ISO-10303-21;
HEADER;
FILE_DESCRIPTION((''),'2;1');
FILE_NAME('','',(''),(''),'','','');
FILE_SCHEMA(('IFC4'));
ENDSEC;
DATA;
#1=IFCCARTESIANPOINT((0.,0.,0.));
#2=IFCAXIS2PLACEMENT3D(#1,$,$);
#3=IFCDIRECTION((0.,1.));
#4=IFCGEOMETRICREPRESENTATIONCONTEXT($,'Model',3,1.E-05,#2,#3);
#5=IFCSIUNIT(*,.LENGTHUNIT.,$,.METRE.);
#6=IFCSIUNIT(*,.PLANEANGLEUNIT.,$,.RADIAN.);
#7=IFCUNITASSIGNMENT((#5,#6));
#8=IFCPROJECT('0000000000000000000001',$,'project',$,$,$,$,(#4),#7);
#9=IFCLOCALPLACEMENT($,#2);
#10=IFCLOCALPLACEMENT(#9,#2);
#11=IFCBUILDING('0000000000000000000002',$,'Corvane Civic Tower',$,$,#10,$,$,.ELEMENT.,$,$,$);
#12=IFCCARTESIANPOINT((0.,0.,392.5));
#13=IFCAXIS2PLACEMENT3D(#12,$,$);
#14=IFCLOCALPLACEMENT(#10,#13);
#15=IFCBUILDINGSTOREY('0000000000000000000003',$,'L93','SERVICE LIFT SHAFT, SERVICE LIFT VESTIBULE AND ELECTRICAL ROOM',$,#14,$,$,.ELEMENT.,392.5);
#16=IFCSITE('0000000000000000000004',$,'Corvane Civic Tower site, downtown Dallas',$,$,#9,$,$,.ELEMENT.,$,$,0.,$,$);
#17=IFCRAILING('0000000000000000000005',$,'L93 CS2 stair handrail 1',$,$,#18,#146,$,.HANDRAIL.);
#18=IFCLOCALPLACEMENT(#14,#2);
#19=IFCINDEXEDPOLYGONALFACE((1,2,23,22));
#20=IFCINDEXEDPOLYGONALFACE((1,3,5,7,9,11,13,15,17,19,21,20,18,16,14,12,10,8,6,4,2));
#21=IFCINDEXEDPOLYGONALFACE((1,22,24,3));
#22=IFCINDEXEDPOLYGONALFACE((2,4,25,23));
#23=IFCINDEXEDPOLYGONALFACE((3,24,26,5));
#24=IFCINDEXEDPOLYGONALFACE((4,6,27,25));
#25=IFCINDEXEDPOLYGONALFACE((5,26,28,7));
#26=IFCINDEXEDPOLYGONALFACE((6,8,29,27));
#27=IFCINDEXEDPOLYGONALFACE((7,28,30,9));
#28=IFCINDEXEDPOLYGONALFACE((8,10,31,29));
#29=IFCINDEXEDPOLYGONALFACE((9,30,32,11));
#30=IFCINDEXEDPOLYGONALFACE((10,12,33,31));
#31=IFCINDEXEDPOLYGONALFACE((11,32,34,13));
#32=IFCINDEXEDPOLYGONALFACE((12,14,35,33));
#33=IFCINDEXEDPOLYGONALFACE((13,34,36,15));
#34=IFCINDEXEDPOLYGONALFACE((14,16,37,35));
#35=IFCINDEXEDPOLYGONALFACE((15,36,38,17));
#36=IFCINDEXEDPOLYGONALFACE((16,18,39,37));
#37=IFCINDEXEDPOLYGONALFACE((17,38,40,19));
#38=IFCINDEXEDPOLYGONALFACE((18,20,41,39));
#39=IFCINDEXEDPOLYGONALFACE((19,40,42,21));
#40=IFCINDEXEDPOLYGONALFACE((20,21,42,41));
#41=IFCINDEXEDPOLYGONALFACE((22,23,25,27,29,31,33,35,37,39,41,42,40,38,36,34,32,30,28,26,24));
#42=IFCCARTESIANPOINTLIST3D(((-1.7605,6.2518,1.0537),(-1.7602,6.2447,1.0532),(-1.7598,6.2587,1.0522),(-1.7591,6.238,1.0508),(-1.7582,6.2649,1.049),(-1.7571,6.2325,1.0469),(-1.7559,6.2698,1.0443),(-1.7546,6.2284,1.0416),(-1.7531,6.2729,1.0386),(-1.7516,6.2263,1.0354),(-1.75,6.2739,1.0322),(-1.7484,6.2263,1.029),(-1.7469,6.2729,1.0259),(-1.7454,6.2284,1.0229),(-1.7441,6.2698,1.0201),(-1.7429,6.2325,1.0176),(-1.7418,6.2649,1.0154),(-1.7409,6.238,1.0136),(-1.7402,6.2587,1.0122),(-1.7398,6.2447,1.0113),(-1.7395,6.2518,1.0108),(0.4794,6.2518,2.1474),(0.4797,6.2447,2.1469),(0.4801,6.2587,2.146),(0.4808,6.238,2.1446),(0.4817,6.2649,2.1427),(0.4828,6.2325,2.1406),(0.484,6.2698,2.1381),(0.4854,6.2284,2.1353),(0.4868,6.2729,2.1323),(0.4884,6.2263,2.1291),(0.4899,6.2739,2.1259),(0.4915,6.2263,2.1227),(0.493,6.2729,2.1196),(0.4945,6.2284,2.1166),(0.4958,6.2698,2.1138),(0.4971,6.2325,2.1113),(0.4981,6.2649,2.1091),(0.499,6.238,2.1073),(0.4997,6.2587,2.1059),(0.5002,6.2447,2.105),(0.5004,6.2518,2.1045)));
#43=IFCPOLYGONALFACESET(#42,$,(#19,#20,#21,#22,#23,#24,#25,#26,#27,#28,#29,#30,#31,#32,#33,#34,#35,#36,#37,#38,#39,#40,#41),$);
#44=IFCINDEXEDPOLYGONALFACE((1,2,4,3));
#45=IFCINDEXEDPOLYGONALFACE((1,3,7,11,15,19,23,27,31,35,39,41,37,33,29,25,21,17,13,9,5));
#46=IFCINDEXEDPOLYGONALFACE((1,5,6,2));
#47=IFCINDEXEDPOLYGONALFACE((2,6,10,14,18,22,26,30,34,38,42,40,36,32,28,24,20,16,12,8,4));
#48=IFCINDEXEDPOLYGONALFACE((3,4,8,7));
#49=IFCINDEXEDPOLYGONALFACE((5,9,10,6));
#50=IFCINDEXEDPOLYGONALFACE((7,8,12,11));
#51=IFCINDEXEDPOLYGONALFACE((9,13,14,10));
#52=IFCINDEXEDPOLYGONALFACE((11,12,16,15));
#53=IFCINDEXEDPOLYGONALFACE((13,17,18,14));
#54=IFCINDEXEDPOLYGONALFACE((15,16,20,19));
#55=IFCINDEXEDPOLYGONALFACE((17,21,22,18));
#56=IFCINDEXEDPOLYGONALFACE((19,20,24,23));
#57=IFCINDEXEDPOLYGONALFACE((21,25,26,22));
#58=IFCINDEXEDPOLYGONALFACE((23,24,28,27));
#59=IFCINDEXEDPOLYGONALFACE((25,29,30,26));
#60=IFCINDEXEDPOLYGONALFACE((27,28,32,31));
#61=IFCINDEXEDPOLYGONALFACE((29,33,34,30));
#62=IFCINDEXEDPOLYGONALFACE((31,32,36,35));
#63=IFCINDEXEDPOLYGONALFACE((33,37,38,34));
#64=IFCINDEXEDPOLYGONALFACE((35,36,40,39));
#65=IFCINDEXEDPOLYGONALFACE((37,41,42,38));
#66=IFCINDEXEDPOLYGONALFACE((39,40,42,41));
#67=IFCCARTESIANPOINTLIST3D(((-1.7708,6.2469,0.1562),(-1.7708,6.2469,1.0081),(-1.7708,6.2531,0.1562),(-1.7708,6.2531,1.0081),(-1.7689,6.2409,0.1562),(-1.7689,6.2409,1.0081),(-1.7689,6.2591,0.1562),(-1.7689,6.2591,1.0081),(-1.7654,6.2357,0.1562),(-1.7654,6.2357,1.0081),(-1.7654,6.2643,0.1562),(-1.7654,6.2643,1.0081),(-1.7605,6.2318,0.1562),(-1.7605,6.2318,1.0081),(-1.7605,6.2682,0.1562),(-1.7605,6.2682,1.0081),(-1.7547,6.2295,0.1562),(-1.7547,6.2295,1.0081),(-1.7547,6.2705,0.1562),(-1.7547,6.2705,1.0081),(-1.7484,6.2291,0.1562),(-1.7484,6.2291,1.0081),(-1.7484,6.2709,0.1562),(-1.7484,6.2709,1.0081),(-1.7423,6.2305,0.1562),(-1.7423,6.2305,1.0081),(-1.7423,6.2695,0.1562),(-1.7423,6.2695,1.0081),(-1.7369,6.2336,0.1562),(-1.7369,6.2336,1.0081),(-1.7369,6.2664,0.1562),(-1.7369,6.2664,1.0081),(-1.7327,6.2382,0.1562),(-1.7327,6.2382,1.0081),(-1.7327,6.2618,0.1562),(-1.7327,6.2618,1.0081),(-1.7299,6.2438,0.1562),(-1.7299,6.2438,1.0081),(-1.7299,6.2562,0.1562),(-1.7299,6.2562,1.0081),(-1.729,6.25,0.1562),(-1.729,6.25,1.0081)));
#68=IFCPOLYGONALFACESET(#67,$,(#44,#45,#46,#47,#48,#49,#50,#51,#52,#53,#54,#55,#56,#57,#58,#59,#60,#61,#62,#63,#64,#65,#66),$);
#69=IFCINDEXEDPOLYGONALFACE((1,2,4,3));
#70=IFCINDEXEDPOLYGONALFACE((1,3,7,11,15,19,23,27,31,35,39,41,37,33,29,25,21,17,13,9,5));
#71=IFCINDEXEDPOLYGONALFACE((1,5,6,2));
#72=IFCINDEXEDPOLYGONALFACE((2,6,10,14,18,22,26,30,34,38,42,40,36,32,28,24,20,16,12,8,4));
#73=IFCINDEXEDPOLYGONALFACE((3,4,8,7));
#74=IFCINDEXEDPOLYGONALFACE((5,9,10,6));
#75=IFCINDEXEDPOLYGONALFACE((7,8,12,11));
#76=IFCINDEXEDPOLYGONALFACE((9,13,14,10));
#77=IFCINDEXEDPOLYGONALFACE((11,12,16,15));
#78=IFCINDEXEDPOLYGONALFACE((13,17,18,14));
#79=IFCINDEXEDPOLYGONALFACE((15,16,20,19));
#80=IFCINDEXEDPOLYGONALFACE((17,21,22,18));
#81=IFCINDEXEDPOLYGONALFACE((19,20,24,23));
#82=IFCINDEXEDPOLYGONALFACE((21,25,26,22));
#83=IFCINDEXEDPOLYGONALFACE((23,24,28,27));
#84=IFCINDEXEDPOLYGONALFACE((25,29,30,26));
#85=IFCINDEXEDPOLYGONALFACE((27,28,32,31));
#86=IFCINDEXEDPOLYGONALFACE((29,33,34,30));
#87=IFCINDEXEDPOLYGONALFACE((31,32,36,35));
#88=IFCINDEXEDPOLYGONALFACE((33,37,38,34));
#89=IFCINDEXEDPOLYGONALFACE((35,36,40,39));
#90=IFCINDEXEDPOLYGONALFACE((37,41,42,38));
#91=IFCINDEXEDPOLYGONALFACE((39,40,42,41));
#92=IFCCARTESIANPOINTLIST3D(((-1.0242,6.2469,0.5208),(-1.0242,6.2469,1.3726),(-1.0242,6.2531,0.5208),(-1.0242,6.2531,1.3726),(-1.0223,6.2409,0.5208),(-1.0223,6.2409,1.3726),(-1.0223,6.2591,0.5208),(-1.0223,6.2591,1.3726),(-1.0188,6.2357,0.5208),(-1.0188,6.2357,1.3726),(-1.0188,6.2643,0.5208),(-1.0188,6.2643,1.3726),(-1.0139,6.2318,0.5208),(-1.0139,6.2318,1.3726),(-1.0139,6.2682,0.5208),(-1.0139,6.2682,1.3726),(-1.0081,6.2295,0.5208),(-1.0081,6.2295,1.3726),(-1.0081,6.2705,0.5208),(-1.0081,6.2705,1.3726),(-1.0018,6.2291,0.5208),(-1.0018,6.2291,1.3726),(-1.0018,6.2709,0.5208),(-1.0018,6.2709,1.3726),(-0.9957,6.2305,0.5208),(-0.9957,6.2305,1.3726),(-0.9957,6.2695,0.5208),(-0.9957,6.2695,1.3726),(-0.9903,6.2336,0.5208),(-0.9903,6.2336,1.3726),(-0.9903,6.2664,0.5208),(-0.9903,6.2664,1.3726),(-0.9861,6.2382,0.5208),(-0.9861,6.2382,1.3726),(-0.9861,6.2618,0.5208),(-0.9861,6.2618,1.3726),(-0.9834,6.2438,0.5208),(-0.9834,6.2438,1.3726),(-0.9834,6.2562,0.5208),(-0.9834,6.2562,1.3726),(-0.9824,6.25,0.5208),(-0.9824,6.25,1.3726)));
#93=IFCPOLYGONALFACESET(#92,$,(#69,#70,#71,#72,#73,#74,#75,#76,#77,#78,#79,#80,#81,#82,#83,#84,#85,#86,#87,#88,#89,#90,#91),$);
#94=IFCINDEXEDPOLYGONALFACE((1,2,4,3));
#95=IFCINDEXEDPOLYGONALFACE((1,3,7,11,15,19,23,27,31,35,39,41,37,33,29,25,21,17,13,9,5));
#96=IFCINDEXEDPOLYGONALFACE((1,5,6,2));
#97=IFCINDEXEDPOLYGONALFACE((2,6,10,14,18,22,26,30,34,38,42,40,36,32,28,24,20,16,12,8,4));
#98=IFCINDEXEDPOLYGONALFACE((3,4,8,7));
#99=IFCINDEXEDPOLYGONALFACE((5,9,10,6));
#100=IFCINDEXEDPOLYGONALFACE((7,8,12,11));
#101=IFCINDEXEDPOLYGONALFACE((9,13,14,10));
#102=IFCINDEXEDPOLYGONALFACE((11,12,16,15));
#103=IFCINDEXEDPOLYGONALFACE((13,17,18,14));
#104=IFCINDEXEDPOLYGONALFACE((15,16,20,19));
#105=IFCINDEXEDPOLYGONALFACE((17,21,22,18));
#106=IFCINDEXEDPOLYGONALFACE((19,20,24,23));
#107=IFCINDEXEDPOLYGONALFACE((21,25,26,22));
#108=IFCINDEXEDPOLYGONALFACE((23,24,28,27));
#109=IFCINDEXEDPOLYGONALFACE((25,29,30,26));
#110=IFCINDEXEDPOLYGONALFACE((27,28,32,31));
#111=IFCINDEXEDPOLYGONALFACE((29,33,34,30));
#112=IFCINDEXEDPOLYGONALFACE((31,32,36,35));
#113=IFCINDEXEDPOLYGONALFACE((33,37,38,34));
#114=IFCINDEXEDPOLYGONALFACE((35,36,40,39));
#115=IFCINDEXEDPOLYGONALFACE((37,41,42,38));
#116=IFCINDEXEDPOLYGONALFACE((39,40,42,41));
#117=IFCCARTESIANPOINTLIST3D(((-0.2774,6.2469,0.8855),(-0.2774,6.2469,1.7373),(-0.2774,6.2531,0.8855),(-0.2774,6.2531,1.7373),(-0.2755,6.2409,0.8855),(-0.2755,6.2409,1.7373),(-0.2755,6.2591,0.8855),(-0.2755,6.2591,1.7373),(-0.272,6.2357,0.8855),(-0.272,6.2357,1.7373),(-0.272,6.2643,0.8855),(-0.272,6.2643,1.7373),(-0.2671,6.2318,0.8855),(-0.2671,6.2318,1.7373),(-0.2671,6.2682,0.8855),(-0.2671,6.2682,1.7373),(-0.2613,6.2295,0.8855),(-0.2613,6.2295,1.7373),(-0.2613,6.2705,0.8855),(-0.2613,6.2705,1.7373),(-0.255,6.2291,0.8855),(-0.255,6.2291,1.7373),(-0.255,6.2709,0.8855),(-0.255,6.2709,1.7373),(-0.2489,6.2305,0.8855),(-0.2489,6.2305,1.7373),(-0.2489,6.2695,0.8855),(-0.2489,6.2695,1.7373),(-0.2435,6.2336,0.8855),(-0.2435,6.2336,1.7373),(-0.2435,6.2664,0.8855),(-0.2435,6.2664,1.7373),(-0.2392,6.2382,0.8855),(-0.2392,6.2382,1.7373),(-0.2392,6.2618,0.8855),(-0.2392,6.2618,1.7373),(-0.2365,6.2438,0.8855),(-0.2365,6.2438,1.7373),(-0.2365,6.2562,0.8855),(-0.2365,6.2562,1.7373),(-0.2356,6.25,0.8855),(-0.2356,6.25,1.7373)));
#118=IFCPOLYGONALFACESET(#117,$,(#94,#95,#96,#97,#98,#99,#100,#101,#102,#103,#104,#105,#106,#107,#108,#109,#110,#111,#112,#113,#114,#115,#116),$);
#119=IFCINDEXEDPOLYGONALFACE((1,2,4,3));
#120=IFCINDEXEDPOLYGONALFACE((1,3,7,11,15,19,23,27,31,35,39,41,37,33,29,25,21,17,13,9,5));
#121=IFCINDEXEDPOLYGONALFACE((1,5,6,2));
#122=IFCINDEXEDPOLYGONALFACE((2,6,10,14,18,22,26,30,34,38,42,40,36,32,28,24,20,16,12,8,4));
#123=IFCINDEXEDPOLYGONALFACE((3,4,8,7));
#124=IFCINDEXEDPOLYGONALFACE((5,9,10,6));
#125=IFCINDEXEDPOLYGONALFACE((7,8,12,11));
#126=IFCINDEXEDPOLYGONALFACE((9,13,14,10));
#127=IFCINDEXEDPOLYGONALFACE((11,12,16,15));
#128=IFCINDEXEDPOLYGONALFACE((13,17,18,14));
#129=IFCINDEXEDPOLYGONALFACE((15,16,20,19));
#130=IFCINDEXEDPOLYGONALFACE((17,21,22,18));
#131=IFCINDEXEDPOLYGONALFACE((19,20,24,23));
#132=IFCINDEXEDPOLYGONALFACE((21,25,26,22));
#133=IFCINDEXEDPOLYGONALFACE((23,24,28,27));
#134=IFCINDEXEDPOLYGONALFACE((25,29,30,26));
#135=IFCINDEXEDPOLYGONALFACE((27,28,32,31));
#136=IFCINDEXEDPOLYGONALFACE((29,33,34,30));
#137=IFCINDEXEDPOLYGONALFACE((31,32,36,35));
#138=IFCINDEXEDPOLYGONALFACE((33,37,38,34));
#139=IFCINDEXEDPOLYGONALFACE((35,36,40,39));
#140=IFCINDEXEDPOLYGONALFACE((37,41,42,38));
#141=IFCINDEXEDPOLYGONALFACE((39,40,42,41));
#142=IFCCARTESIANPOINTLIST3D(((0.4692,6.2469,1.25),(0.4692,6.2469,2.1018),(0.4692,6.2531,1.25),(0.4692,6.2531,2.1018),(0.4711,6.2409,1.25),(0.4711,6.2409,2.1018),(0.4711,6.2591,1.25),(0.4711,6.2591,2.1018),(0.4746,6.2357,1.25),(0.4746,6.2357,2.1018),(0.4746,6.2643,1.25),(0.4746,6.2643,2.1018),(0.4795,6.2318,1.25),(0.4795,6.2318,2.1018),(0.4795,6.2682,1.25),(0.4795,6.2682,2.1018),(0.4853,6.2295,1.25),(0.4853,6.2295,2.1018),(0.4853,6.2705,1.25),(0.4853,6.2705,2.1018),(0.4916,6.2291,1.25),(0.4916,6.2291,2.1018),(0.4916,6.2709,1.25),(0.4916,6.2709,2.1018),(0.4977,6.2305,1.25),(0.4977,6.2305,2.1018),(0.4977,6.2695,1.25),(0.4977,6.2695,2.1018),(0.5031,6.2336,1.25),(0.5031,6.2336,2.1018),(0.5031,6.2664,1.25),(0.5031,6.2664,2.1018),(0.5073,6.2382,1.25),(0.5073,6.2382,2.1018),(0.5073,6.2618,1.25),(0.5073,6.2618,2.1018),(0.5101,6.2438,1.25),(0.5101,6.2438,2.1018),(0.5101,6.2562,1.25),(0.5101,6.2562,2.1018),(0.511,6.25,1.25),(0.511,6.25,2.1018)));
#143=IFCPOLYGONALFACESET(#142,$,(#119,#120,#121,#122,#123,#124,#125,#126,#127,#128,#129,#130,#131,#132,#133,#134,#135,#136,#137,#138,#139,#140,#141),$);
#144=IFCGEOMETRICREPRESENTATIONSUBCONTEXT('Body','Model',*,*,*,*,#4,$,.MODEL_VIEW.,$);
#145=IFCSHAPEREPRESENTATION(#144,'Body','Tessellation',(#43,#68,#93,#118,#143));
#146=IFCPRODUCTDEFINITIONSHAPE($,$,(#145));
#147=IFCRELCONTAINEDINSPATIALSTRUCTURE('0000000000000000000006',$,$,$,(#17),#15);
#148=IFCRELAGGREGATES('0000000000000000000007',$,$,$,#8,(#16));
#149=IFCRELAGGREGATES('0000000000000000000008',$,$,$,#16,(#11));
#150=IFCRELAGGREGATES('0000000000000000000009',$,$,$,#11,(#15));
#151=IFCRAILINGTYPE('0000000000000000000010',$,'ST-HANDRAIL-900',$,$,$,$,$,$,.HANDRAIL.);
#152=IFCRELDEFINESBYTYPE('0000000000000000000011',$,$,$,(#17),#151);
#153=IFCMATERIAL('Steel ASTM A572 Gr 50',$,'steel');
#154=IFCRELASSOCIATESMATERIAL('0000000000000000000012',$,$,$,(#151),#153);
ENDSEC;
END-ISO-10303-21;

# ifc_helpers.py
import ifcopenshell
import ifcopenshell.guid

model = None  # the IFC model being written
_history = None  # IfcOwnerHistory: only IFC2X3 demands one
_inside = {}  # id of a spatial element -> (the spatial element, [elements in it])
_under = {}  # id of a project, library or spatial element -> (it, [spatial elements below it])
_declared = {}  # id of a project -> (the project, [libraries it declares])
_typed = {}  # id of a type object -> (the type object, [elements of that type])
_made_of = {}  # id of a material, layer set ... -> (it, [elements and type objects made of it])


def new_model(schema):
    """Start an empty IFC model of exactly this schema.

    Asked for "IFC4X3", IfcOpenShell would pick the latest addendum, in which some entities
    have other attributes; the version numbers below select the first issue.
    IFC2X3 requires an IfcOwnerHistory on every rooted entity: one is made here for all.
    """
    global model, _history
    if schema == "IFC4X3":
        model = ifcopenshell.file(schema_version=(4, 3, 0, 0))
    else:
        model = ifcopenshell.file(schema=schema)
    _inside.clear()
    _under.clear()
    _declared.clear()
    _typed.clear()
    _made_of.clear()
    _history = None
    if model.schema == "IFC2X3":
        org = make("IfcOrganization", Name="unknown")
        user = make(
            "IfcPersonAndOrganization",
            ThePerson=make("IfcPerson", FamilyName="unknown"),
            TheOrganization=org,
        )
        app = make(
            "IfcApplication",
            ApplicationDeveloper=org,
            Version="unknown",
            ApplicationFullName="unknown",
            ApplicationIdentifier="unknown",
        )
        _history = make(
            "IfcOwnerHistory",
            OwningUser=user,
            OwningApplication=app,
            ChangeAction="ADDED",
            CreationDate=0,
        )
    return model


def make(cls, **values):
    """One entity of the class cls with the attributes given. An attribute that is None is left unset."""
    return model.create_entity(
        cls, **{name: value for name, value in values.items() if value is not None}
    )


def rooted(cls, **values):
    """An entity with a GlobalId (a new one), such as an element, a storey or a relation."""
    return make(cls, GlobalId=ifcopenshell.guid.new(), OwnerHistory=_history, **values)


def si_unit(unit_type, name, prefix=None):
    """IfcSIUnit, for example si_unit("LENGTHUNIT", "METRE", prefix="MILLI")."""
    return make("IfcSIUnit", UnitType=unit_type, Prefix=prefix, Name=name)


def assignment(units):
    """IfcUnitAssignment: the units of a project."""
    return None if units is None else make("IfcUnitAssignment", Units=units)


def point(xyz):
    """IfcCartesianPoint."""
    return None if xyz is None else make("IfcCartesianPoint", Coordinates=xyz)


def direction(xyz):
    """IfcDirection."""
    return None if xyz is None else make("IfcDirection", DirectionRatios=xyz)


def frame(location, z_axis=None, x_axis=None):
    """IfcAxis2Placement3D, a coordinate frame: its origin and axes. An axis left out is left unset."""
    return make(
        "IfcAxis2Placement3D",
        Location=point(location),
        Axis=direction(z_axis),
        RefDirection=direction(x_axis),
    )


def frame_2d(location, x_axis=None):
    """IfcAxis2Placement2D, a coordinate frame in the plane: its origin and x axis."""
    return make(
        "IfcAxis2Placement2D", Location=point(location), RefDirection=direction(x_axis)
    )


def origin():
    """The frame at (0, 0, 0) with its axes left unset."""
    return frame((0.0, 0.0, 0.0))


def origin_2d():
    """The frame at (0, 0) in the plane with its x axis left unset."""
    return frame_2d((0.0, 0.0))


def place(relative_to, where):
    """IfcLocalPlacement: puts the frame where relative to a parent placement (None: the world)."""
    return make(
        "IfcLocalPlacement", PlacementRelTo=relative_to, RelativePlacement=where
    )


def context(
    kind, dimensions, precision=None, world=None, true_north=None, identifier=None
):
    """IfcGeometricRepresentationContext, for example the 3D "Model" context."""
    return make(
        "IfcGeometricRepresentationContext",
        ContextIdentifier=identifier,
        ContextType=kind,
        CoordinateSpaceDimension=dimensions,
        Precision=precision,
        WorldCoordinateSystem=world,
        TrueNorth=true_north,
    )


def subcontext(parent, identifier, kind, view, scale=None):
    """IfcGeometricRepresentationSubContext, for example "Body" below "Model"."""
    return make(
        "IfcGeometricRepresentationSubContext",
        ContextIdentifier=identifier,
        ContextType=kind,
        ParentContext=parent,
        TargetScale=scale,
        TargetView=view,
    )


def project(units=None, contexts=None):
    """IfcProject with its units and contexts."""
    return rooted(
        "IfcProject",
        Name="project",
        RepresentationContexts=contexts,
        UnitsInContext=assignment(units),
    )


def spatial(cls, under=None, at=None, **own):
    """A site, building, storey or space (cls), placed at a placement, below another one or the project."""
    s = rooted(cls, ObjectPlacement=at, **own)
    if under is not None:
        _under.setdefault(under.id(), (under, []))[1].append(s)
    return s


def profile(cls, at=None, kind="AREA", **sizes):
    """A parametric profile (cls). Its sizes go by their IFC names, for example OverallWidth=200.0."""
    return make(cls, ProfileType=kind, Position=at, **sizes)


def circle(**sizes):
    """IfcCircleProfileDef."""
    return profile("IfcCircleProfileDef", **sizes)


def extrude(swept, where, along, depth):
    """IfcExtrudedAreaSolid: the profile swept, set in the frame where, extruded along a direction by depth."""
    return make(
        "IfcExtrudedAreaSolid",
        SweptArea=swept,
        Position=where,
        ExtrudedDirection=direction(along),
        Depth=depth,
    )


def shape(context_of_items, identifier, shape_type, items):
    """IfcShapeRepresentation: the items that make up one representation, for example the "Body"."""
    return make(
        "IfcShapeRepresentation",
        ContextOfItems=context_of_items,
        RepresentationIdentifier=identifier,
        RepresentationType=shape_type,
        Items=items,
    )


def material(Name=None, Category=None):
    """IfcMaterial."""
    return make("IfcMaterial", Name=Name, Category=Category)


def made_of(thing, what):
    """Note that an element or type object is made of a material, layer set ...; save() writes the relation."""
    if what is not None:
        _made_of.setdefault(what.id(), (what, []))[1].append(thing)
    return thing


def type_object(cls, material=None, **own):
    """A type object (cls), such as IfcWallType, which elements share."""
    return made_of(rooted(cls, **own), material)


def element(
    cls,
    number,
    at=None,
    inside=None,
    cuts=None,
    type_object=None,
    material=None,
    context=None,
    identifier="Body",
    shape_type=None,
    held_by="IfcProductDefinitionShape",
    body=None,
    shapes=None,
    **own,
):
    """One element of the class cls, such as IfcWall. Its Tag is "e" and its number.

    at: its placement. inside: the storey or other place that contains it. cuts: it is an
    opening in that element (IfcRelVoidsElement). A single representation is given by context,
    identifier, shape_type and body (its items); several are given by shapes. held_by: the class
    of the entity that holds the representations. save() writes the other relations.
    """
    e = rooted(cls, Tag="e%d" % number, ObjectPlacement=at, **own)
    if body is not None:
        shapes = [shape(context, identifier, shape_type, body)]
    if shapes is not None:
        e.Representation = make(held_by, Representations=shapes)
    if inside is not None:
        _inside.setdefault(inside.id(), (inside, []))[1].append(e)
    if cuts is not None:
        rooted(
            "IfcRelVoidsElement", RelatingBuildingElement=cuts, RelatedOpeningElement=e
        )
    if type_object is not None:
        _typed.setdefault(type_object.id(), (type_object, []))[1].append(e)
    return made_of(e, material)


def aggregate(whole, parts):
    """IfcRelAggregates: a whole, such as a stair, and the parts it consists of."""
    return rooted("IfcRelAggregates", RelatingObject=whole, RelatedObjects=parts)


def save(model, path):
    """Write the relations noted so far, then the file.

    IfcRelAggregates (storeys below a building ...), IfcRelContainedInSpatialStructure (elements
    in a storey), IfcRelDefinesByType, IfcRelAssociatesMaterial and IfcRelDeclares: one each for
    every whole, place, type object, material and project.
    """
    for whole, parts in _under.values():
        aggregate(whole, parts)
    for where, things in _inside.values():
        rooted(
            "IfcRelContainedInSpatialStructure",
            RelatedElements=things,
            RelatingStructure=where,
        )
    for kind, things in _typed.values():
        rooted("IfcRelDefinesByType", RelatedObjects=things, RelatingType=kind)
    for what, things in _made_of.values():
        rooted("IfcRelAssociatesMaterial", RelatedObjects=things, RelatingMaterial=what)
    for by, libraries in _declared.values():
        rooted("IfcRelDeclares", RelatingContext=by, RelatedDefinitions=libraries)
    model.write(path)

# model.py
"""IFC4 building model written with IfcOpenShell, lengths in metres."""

from ifc_helpers import new_model, si_unit, direction, frame, origin, origin_2d, place, context, subcontext, project, spatial, circle, extrude, material, type_object, element, save


model = new_model("IFC4")

# Units and contexts
model_context = context("Model", 3, precision=1e-05, world=origin(), true_north=direction((0.0, 1.0)))
body_context = subcontext(model_context, "Body", "Model", "MODEL_VIEW")
ifc_project = project(units=[si_unit("LENGTHUNIT", "METRE"), si_unit("PLANEANGLEUNIT", "RADIAN")], contexts=[model_context])

# Site, building, storey
site_placement = place(None, origin())
site = spatial("IfcSite", under=ifc_project, at=site_placement, Name="Corvane Civic Tower site, downtown Dallas", CompositionType="ELEMENT", RefElevation=0.0)
building_placement = place(site_placement, origin())
building = spatial("IfcBuilding", under=site, at=building_placement, Name="Corvane Civic Tower", CompositionType="ELEMENT")
storey_placement = place(building_placement, frame((0.0, 0.0, 392.5)))
storey = spatial("IfcBuildingStorey", under=building, at=storey_placement, Name="L93", Description="SERVICE LIFT SHAFT, SERVICE LIFT VESTIBULE AND ELECTRICAL ROOM", CompositionType="ELEMENT", Elevation=392.5)

# Railing
ifc_material_1 = material(Name="Steel ASTM A572 Gr 50", Category="steel")
railing_type = type_object("IfcRailingType", Name="ST-HANDRAIL-900", PredefinedType="HANDRAIL", material=ifc_material_1)
for number, where, name in (
    (1, (-1.75, 6.25, 0.1562), "L93 CS2 stair handrail 1"),
):
    element("IfcRailing", number, at=place(storey_placement, frame(where)), inside=storey, type_object=railing_type, Name=name, PredefinedType="HANDRAIL", context=body_context, shape_type="SweptSolid", body=[
        extrude(circle(Radius=0.0239, at=origin_2d()), frame((0.0, 0.0, 0.876), z_axis=(0.898599, 0.0, 0.438771), x_axis=(0.0, 1.0, 0.0)), (0.0, 0.0, 1.0), 2.4927),
        extrude(circle(Radius=0.021, at=origin_2d()), origin(), (0.0, 0.0, 1.0), 0.8518),
        extrude(circle(Radius=0.021, at=origin_2d()), frame((0.7466, 0.0, 0.3645)), (0.0, 0.0, 1.0), 0.8518),
        extrude(circle(Radius=0.021, at=origin_2d()), frame((1.4934, 0.0, 0.7292)), (0.0, 0.0, 1.0), 0.8518),
        extrude(circle(Radius=0.021, at=origin_2d()), frame((2.24, 0.0, 1.0938)), (0.0, 0.0, 1.0), 0.8518),
    ])

save(model, "model.ifc")
